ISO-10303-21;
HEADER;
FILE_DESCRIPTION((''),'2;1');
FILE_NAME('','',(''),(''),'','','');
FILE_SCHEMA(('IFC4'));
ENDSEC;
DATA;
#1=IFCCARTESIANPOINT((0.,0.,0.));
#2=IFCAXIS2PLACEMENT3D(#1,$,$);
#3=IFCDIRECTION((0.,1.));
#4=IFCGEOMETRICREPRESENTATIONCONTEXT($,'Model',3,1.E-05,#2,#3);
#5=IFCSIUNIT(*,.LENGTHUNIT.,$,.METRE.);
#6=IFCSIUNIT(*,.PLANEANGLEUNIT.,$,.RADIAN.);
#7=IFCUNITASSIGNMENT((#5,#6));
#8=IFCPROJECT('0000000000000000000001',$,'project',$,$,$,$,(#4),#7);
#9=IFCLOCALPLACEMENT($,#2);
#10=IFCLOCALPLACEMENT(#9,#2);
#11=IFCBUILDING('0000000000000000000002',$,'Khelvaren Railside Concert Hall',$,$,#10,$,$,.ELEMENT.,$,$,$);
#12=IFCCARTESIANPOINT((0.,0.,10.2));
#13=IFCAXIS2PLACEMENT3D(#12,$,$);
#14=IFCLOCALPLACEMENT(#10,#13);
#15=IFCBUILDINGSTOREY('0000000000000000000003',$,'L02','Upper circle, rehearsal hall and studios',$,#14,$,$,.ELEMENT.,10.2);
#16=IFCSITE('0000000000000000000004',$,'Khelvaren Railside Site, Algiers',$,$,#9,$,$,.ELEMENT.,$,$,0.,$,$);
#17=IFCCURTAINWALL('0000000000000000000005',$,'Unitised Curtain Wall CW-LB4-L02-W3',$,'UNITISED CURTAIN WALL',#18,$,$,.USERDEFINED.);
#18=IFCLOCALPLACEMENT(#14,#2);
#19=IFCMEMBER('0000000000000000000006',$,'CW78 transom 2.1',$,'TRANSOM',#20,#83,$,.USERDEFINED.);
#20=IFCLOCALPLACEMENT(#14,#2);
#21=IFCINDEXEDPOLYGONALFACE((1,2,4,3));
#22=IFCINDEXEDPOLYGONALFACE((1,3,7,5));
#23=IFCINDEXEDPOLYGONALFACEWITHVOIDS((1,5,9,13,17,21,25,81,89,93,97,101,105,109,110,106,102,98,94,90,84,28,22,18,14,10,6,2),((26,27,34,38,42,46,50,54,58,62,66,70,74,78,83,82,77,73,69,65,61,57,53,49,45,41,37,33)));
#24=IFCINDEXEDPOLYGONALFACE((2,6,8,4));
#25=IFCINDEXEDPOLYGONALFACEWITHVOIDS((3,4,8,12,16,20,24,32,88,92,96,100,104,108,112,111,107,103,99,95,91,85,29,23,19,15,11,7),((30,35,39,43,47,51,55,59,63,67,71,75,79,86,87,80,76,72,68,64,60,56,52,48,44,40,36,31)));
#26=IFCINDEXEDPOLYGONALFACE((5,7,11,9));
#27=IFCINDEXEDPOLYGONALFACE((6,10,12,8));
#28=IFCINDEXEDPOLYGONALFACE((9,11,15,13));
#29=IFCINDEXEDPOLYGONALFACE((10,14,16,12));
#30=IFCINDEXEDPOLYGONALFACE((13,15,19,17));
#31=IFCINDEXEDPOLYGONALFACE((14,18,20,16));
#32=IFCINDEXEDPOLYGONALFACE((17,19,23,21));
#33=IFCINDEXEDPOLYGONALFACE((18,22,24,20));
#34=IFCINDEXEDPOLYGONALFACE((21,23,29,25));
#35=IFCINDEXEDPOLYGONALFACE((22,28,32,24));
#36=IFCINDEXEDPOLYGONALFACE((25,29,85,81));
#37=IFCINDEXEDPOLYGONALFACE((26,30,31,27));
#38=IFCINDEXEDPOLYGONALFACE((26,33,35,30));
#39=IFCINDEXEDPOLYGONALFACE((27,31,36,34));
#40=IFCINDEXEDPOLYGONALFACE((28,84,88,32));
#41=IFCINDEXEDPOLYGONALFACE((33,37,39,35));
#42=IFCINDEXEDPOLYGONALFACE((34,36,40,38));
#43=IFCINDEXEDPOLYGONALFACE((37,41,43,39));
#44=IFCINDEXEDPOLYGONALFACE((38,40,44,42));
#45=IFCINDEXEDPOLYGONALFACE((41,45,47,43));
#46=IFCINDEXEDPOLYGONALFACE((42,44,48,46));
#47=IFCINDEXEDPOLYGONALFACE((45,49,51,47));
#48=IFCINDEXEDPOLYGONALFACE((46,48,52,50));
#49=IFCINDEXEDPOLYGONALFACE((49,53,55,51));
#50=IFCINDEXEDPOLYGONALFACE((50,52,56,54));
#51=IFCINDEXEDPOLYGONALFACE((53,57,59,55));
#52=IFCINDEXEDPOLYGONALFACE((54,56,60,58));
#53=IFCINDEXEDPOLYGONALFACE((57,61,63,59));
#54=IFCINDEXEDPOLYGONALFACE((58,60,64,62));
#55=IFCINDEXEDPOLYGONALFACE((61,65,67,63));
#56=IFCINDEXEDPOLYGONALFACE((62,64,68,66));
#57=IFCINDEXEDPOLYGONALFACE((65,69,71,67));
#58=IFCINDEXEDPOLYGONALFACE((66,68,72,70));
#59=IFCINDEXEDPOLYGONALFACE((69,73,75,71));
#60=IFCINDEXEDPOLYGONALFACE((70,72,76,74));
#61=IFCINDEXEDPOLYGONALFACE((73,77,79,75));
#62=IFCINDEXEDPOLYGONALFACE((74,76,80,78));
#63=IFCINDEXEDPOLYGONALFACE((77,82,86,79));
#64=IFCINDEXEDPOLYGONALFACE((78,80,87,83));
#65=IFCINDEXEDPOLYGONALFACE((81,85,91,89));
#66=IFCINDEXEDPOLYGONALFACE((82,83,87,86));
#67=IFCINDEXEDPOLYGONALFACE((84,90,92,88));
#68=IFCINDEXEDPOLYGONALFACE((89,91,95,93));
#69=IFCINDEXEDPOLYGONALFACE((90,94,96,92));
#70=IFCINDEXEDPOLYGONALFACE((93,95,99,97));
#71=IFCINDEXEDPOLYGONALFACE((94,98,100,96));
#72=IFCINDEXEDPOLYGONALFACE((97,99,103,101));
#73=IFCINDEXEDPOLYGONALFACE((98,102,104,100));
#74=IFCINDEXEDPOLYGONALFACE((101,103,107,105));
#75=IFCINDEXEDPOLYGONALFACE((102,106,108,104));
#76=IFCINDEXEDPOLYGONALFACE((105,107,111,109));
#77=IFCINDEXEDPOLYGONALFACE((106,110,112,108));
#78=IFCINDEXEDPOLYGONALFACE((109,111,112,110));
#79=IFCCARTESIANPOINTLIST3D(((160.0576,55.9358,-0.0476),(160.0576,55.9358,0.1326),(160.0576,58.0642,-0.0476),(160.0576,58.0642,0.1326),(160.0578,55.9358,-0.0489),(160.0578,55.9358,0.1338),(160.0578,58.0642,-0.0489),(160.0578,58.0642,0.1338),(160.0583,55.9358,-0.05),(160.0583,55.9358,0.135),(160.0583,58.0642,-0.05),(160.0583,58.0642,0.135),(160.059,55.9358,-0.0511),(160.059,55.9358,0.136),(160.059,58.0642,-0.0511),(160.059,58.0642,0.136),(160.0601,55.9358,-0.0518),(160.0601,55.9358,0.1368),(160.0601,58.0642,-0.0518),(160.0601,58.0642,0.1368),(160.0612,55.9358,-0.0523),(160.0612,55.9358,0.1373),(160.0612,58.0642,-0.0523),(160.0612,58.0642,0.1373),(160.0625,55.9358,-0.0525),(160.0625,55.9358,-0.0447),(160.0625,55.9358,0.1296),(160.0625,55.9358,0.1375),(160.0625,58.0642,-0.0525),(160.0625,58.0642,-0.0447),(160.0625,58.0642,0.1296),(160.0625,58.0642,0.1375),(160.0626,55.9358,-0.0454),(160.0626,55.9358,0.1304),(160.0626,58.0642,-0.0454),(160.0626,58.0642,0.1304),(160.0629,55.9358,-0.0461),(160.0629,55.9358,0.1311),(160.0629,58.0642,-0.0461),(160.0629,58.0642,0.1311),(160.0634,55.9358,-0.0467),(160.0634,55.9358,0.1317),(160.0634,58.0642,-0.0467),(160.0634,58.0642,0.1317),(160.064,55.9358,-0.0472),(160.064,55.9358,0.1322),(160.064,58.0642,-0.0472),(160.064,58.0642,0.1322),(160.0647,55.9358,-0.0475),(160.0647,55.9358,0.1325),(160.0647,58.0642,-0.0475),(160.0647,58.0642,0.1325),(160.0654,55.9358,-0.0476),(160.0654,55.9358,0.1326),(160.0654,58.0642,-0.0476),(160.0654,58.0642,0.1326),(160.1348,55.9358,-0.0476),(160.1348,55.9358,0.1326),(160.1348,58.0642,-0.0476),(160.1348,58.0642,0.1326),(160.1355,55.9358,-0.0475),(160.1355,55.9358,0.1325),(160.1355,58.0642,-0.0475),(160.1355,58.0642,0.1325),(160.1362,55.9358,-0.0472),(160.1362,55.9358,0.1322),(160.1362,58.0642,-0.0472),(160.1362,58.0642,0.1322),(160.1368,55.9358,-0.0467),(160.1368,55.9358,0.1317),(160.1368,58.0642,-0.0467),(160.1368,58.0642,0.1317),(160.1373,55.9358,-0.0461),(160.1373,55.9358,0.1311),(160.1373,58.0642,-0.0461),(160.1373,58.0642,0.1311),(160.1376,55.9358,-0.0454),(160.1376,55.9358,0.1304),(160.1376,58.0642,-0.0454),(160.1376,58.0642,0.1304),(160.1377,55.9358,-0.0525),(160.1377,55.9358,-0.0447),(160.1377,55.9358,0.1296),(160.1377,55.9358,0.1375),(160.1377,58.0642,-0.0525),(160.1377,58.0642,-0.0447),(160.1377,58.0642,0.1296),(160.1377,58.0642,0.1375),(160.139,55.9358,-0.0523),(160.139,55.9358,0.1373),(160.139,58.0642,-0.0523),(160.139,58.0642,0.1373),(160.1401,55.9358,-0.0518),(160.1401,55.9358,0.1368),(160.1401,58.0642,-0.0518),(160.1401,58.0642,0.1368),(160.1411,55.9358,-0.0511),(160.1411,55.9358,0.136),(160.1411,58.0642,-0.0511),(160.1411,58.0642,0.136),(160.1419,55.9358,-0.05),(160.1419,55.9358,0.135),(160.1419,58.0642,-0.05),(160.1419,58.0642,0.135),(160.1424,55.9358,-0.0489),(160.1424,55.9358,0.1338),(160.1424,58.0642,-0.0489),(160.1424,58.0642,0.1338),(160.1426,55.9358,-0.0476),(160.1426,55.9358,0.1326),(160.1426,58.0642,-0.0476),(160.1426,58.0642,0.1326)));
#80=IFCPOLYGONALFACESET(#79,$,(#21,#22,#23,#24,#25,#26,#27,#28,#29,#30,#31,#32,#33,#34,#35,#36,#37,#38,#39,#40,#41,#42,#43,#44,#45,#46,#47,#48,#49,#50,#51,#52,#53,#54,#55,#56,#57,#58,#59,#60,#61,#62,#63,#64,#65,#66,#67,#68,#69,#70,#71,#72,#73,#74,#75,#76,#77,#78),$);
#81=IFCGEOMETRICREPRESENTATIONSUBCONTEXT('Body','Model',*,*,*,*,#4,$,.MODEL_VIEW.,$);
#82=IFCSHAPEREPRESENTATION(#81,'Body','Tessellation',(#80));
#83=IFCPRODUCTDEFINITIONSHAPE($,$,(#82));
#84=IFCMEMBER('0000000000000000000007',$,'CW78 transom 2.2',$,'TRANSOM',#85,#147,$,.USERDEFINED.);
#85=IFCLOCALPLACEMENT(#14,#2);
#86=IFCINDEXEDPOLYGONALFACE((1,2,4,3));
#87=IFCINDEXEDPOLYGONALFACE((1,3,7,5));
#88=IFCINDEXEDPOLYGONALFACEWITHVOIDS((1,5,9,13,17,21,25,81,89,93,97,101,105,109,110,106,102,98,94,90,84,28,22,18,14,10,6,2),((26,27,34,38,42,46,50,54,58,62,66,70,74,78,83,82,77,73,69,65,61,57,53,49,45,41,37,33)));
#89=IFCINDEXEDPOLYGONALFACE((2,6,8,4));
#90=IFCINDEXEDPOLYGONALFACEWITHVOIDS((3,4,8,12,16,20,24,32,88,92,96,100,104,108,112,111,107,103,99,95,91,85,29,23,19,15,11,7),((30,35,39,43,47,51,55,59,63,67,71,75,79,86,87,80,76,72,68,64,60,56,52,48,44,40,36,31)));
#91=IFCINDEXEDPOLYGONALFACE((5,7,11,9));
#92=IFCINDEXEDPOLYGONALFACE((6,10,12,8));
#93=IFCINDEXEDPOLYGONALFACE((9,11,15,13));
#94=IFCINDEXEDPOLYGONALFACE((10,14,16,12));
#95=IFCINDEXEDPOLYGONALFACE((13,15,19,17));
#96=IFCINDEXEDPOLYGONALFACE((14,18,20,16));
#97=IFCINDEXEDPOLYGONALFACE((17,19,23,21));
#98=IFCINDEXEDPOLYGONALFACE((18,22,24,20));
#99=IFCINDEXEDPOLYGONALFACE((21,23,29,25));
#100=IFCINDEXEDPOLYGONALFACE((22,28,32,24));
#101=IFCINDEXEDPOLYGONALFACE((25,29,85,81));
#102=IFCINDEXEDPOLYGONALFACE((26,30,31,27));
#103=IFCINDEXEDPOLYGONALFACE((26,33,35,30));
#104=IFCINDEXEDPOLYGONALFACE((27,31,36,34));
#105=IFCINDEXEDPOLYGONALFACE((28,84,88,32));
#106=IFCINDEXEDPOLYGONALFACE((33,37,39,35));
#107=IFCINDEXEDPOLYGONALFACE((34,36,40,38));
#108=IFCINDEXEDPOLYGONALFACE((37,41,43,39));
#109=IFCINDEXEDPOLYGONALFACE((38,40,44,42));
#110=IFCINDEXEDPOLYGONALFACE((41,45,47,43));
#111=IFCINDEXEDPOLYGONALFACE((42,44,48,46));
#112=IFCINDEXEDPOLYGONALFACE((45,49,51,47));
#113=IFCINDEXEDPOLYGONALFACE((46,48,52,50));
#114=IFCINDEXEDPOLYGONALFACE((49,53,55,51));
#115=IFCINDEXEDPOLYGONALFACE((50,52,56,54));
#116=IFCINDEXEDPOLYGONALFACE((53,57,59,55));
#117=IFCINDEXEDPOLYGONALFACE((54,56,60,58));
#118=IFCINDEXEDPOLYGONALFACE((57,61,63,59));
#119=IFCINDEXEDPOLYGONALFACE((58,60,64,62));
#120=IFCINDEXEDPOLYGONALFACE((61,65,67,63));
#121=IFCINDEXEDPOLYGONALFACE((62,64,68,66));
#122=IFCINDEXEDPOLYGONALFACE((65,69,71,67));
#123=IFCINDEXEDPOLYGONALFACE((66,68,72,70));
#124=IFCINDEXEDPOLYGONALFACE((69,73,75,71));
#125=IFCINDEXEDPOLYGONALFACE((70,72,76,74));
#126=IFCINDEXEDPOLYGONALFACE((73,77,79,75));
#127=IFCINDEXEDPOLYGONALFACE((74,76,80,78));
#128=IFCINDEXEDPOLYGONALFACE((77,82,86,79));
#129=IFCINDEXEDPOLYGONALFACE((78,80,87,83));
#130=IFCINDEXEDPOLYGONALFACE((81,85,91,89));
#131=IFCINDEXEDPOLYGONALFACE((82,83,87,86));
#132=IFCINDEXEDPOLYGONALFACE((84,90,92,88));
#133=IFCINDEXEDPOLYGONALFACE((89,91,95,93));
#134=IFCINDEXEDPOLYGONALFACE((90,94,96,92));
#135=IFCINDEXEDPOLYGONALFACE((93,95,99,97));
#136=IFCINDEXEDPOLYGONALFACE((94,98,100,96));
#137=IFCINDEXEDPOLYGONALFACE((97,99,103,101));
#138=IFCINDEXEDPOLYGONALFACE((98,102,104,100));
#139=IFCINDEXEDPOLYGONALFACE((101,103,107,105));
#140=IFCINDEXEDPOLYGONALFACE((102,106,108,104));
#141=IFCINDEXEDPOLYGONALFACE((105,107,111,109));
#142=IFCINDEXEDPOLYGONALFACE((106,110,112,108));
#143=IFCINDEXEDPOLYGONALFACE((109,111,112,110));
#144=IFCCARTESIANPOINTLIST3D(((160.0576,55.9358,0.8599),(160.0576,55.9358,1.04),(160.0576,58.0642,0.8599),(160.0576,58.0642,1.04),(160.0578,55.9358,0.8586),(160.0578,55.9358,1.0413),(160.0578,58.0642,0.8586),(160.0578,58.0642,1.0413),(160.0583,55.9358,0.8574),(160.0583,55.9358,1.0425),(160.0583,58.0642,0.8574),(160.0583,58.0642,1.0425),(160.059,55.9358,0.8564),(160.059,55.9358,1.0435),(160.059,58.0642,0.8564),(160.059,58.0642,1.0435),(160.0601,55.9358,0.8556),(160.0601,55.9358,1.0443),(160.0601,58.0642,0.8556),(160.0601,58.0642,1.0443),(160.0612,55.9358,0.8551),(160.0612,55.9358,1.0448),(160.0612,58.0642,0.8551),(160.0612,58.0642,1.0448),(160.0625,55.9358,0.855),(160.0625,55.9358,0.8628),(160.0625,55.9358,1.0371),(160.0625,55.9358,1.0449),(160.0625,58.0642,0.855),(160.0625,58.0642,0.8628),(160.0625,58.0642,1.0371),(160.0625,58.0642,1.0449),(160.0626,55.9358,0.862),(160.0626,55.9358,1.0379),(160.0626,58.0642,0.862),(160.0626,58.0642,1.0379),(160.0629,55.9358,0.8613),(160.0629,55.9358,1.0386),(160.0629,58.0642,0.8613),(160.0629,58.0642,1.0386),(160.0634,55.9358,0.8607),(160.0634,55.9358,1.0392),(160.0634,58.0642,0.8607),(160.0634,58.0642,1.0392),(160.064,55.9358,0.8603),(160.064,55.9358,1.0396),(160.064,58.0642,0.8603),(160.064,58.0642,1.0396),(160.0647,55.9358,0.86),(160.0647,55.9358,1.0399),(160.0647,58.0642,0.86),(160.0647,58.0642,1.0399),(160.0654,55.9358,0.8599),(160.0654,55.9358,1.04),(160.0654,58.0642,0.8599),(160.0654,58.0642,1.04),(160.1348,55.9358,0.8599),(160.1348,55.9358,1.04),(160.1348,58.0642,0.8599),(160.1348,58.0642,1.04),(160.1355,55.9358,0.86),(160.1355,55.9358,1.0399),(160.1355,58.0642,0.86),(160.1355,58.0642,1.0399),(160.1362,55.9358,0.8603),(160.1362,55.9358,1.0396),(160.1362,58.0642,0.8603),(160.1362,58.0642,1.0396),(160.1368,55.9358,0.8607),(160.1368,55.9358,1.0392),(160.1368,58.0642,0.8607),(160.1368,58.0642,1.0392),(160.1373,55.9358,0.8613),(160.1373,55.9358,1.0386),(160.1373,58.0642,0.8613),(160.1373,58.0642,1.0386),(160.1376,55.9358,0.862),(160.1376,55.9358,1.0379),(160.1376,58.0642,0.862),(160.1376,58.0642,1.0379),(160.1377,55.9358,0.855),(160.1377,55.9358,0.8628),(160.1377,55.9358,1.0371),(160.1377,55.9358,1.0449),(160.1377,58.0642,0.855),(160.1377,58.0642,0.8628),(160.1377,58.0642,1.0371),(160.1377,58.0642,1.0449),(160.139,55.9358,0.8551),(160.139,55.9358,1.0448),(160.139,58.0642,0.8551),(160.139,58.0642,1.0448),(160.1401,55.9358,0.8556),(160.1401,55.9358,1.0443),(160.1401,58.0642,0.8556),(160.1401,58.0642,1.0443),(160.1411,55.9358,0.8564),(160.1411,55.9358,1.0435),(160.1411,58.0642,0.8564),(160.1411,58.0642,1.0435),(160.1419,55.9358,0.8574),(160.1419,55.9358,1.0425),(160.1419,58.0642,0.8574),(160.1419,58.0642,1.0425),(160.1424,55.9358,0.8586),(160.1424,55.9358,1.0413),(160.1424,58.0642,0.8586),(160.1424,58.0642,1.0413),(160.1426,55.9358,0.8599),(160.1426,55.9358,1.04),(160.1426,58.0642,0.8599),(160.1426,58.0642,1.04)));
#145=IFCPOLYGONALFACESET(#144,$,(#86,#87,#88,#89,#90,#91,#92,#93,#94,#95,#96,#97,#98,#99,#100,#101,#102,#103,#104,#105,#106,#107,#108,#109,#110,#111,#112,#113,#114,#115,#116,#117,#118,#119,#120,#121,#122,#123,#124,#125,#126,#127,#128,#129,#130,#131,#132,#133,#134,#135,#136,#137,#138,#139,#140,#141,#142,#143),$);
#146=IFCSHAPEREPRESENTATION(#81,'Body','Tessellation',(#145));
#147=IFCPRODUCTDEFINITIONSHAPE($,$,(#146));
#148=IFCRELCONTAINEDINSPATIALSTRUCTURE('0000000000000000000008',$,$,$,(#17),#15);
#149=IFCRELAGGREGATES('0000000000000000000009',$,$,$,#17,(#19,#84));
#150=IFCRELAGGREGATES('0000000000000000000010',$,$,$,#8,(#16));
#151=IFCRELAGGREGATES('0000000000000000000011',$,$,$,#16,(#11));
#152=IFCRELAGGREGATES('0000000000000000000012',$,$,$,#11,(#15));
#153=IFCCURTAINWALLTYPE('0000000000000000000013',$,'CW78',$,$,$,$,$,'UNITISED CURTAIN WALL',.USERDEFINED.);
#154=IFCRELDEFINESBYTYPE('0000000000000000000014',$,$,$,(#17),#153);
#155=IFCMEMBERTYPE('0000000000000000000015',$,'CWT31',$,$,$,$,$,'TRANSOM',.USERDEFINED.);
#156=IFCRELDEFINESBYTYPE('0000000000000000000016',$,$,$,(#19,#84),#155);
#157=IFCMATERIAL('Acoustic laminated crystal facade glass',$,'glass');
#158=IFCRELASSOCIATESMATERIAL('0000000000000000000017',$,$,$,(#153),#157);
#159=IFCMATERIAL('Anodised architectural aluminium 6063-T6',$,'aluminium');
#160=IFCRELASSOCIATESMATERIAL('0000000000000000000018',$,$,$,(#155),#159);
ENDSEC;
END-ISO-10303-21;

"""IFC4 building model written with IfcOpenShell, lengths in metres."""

from ifc_helpers import new_model, si_unit, direction, frame, origin, origin_2d, place, context, subcontext, project, spatial, hollow_rectangle, extrude, material, material_profile, profile_set, type_object, element, aggregate, save


model = new_model("IFC4")

# Units and contexts
model_context = context("Model", 3, precision=1e-05, world=origin(), true_north=direction((0.0, 1.0)))
body_context = subcontext(model_context, "Body", "Model", "MODEL_VIEW")
ifc_project = project(units=[si_unit("LENGTHUNIT", "METRE"), si_unit("PLANEANGLEUNIT", "RADIAN")], contexts=[model_context])

# Site, building, storey
site_placement = place(None, origin())
site = spatial("IfcSite", under=ifc_project, at=site_placement, Name="Khelvaren Railside Site, Algiers", CompositionType="ELEMENT", RefElevation=0.0)
building_placement = place(site_placement, origin())
building = spatial("IfcBuilding", under=site, at=building_placement, Name="Khelvaren Railside Concert Hall", CompositionType="ELEMENT")
storey_placement = place(building_placement, frame((0.0, 0.0, 10.2)))
storey = spatial("IfcBuildingStorey", under=building, at=storey_placement, Name="L02", Description="Upper circle, rehearsal hall and studios", CompositionType="ELEMENT", Elevation=10.2)

# Shared definitions
ifc_material_1 = material(Name="Acoustic laminated crystal facade glass", Category="glass")
curtain_wall_type = type_object("IfcCurtainWallType", Name="CW78", ElementType="UNITISED CURTAIN WALL", PredefinedType="USERDEFINED", material=ifc_material_1)
ifc_material_2 = material(Name="Anodised architectural aluminium 6063-T6", Category="aluminium")

# Curtain wall, members
curtain_wall_1_placement = place(storey_placement, origin())
curtain_wall_1 = element("IfcCurtainWall", 1, at=curtain_wall_1_placement, inside=storey, type_object=curtain_wall_type, Name="Unitised Curtain Wall CW-LB4-L02-W3", ObjectType="UNITISED CURTAIN WALL", PredefinedType="USERDEFINED")
ifc_material_profile_1 = material_profile(ifc_material_2, hollow_rectangle(XDim=0.085, YDim=0.1899, WallThickness=0.0049, InnerFilletRadius=0.0029, OuterFilletRadius=0.0049, at=origin_2d()), Name="CWT 85x190x5")
ifc_profile_set_1 = profile_set([ifc_material_profile_1], Name="Anodised architectural aluminium 6063-T6")
member_type_1 = type_object("IfcMemberType", Name="CWT31", ElementType="TRANSOM", PredefinedType="USERDEFINED", material=ifc_profile_set_1)
member_1_placement = place(storey_placement, frame((160.1001, 55.9358, 0.0425), z_axis=(0.0, 1.0, 0.0), x_axis=(-1.0, 0.0, 0.0)))
member_1 = element("IfcMember", 2, at=member_1_placement, type_object=member_type_1, Name="CW78 transom 2.1", ObjectType="TRANSOM", PredefinedType="USERDEFINED", context=body_context, shape_type="SweptSolid", body=[
    extrude(hollow_rectangle(XDim=0.085, YDim=0.1899, WallThickness=0.0049, InnerFilletRadius=0.0029, OuterFilletRadius=0.0049, at=origin_2d()), origin(), (0.0, 0.0, 1.0), 2.1284),
])
member_2_placement = place(storey_placement, frame((160.1001, 55.9358, 0.95), z_axis=(0.0, 1.0, 0.0), x_axis=(-1.0, 0.0, 0.0)))
member_2 = element("IfcMember", 3, at=member_2_placement, type_object=member_type_1, Name="CW78 transom 2.2", ObjectType="TRANSOM", PredefinedType="USERDEFINED", context=body_context, shape_type="SweptSolid", body=[
    extrude(hollow_rectangle(XDim=0.085, YDim=0.1899, WallThickness=0.0049, InnerFilletRadius=0.0029, OuterFilletRadius=0.0049, at=origin_2d()), origin(), (0.0, 0.0, 1.0), 2.1284),
])

aggregate(curtain_wall_1, [member_1, member_2])

save(model, "model.ifc")
